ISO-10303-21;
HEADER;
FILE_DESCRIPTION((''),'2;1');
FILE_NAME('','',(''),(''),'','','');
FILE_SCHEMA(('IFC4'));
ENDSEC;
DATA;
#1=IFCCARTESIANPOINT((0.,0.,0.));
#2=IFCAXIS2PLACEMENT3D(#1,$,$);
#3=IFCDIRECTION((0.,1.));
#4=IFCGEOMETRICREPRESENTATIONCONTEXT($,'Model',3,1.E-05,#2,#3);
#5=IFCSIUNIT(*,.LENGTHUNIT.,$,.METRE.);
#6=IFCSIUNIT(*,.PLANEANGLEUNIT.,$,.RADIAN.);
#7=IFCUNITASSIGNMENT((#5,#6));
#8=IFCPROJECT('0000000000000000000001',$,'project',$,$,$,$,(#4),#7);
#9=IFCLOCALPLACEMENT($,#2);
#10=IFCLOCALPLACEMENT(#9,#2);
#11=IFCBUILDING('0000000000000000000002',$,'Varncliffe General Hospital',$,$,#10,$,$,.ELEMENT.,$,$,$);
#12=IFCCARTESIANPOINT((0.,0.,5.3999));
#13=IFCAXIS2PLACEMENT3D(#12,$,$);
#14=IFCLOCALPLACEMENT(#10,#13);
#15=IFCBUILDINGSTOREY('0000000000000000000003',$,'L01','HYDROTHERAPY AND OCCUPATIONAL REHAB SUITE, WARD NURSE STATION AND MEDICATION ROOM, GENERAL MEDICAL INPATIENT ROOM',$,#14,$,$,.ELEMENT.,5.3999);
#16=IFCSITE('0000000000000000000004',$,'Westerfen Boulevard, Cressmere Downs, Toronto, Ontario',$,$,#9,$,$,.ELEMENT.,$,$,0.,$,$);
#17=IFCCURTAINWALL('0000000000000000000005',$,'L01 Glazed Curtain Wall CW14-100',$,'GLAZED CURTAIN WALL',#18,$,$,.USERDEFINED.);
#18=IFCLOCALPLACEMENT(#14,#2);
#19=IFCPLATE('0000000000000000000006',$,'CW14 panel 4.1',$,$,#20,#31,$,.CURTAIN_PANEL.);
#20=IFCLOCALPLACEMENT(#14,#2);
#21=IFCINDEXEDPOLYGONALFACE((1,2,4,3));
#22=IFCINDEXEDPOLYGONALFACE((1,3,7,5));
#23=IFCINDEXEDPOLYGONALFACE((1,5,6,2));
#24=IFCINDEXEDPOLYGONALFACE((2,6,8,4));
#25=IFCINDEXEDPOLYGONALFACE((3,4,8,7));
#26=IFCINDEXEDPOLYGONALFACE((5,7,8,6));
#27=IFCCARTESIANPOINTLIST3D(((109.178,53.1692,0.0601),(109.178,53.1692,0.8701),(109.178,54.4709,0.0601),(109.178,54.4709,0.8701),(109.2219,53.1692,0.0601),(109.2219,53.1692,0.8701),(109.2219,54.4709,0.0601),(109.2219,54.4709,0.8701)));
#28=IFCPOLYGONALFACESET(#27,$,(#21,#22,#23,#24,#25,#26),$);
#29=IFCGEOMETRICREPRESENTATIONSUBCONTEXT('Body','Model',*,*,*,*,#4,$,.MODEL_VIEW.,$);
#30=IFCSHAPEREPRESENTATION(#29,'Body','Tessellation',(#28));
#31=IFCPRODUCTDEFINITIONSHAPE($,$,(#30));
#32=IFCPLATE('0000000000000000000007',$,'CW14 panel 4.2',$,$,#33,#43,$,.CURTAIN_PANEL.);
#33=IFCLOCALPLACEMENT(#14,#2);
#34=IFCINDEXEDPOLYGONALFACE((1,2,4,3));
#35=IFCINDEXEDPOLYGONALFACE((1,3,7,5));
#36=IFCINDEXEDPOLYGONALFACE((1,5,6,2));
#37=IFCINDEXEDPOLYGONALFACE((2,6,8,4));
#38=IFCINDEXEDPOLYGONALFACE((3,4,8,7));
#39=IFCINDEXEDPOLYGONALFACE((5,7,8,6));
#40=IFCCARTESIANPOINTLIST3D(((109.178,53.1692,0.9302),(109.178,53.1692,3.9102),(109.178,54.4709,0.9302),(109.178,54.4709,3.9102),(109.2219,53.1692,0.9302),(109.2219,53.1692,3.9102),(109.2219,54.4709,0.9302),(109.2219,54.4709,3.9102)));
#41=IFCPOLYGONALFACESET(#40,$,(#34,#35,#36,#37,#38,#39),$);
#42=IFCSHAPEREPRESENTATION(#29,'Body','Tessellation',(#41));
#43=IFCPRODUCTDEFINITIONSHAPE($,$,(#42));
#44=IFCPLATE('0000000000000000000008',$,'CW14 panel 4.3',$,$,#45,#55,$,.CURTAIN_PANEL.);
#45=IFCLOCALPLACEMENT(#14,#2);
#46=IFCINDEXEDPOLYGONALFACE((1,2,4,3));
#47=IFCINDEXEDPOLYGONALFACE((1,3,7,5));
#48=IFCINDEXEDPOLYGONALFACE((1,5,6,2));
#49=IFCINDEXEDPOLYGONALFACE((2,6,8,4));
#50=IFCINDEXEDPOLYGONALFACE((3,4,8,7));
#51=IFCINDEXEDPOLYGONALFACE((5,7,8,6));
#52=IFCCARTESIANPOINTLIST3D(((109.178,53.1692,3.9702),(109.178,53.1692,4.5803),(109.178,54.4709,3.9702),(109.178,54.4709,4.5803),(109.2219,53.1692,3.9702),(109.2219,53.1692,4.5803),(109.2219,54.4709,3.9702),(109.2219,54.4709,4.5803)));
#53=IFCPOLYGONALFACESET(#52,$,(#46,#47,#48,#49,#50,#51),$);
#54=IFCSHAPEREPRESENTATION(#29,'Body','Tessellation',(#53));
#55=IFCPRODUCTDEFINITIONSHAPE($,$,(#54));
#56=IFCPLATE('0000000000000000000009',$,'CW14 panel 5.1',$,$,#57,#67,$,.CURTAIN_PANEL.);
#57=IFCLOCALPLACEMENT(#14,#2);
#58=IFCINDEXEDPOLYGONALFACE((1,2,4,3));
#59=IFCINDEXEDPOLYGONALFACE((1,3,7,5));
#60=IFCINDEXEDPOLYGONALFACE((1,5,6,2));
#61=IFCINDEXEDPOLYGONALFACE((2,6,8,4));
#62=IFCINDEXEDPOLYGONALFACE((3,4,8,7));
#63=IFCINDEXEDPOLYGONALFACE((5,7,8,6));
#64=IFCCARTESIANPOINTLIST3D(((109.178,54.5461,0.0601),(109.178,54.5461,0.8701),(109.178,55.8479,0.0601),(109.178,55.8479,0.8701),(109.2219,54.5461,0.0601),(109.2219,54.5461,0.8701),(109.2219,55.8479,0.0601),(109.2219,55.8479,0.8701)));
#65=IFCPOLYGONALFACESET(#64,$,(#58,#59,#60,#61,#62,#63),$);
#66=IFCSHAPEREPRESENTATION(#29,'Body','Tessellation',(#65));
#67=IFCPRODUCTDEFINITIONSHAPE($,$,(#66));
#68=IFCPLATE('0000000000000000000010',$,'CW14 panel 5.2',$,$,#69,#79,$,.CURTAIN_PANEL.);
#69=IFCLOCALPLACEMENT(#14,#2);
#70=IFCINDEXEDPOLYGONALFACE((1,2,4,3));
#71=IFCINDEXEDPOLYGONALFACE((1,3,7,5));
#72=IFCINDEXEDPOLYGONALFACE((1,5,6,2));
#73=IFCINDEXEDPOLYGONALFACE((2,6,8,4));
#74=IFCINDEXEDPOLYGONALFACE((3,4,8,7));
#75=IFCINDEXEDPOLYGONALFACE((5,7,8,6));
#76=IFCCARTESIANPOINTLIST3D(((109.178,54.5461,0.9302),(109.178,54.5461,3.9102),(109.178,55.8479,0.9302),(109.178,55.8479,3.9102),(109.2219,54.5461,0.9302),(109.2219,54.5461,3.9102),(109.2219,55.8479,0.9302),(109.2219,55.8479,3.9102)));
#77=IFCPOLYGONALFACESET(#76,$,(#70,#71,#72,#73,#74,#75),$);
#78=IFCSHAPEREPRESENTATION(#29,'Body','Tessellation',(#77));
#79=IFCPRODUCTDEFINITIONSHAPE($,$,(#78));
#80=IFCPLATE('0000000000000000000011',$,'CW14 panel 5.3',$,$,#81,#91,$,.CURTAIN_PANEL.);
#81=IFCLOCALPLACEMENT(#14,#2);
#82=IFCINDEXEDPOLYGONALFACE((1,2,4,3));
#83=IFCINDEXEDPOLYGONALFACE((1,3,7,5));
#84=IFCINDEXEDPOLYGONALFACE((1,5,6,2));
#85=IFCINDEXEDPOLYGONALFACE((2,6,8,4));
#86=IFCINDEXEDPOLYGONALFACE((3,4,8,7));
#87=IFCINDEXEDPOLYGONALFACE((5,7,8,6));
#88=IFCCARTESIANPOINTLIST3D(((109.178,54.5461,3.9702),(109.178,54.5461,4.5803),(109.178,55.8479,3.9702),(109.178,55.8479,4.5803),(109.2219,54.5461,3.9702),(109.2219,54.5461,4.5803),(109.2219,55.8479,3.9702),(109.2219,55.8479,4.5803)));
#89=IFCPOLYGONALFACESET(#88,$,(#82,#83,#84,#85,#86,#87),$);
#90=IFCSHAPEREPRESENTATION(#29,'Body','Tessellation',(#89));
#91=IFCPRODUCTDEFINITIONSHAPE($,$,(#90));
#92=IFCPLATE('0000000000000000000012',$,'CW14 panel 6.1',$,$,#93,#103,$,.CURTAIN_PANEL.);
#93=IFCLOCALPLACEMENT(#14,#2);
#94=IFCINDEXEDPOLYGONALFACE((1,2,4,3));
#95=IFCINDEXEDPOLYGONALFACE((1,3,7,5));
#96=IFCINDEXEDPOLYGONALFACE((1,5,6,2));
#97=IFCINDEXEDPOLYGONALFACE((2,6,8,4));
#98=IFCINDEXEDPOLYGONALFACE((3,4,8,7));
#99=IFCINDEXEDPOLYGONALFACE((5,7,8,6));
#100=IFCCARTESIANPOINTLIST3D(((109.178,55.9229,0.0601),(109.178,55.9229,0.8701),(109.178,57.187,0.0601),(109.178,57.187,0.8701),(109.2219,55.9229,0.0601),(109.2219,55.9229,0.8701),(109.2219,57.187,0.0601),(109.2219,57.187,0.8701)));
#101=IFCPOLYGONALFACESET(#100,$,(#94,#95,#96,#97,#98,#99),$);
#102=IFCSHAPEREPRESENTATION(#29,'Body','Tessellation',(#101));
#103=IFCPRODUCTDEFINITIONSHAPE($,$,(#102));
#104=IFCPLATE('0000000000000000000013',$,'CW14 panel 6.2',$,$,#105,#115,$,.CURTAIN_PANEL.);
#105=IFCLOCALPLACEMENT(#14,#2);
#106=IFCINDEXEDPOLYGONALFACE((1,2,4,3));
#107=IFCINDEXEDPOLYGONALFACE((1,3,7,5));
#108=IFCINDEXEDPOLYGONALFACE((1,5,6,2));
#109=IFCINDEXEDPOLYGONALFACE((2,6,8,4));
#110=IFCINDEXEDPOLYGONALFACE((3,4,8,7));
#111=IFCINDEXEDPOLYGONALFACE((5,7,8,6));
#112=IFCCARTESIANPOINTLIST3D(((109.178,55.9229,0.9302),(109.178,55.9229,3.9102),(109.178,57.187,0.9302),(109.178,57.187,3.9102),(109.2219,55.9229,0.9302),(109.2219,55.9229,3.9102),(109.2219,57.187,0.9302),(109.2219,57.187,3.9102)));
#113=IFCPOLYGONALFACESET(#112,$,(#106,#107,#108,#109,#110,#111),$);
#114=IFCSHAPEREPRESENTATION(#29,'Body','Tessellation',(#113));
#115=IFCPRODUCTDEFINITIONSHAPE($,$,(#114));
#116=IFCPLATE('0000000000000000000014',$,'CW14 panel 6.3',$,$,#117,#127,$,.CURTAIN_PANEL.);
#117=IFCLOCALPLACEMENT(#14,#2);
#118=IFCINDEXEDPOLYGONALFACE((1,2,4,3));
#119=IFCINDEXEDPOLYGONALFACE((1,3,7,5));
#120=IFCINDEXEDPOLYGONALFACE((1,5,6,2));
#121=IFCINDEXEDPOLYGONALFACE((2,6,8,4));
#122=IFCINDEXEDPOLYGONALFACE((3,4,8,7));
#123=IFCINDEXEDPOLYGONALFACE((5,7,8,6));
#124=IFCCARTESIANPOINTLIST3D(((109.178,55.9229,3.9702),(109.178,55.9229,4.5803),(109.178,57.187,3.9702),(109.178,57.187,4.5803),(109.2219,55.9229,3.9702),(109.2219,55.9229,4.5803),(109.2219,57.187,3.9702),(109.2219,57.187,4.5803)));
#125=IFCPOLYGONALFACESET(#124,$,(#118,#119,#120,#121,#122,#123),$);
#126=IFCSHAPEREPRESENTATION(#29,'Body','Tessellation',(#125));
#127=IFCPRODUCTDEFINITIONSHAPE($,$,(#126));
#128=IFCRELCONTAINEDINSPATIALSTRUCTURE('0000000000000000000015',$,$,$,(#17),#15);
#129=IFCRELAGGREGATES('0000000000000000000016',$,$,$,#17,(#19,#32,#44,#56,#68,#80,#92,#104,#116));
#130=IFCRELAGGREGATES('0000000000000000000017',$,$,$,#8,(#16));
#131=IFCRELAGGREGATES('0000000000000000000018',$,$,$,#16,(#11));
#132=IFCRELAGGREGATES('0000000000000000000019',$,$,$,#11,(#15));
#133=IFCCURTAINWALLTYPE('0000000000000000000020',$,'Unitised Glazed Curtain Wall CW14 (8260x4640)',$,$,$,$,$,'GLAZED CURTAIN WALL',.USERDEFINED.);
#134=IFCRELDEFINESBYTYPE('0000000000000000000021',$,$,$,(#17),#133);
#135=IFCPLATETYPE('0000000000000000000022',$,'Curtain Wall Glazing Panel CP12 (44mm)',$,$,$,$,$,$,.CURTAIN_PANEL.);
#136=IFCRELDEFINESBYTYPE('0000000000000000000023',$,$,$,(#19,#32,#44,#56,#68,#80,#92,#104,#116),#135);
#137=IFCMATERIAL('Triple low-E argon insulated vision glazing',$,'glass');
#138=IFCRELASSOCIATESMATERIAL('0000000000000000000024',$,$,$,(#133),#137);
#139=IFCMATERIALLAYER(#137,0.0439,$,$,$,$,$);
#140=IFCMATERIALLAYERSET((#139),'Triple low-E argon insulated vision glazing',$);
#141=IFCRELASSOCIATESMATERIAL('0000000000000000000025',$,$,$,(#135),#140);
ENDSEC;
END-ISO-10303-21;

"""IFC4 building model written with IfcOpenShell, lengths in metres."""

from ifc_helpers import new_model, si_unit, direction, frame, origin, origin_2d, place, context, subcontext, project, spatial, rectangle, extrude, material, layer, layer_set, type_object, element, aggregate, save


model = new_model("IFC4")

# Units and contexts
model_context = context("Model", 3, precision=1e-05, world=origin(), true_north=direction((0.0, 1.0)))
body_context = subcontext(model_context, "Body", "Model", "MODEL_VIEW")
ifc_project = project(units=[si_unit("LENGTHUNIT", "METRE"), si_unit("PLANEANGLEUNIT", "RADIAN")], contexts=[model_context])

# Site, building, storey
site_placement = place(None, origin())
site = spatial("IfcSite", under=ifc_project, at=site_placement, Name="Westerfen Boulevard, Cressmere Downs, Toronto, Ontario", CompositionType="ELEMENT", RefElevation=0.0)
building_placement = place(site_placement, origin())
building = spatial("IfcBuilding", under=site, at=building_placement, Name="Varncliffe General Hospital", CompositionType="ELEMENT")
storey_placement = place(building_placement, frame((0.0, 0.0, 5.3999)))
storey = spatial("IfcBuildingStorey", under=building, at=storey_placement, Name="L01", Description="HYDROTHERAPY AND OCCUPATIONAL REHAB SUITE, WARD NURSE STATION AND MEDICATION ROOM, GENERAL MEDICAL INPATIENT ROOM", CompositionType="ELEMENT", Elevation=5.3999)

# Curtain wall, plates
ifc_material_1 = material(Name="Triple low-E argon insulated vision glazing", Category="glass")
curtain_wall_type = type_object("IfcCurtainWallType", Name="Unitised Glazed Curtain Wall CW14 (8260x4640)", ElementType="GLAZED CURTAIN WALL", PredefinedType="USERDEFINED", material=ifc_material_1)
curtain_wall_placement = place(storey_placement, origin())
curtain_wall = element("IfcCurtainWall", 1, at=curtain_wall_placement, inside=storey, type_object=curtain_wall_type, Name="L01 Glazed Curtain Wall CW14-100", ObjectType="GLAZED CURTAIN WALL", PredefinedType="USERDEFINED")
ifc_layer = layer(ifc_material_1, 0.0439)
ifc_layer_set = layer_set([ifc_layer], Name="Triple low-E argon insulated vision glazing")
plate_type = type_object("IfcPlateType", Name="Curtain Wall Glazing Panel CP12 (44mm)", PredefinedType="CURTAIN_PANEL", material=ifc_layer_set)
plate_1_placement = place(storey_placement, frame((109.2, 53.8201, 0.0601), z_axis=(0.0, 0.0, 1.0), x_axis=(0.0, 1.0, 0.0)))
plate_1 = element("IfcPlate", 2, at=plate_1_placement, type_object=plate_type, Name="CW14 panel 4.1", PredefinedType="CURTAIN_PANEL", context=body_context, shape_type="SweptSolid", body=[
    extrude(rectangle(XDim=1.3018, YDim=0.0439, at=origin_2d()), origin(), (0.0, 0.0, 1.0), 0.8101),
])
plate_2_placement = place(storey_placement, frame((109.2, 53.8201, 0.9302), z_axis=(0.0, 0.0, 1.0), x_axis=(0.0, 1.0, 0.0)))
plate_2 = element("IfcPlate", 3, at=plate_2_placement, type_object=plate_type, Name="CW14 panel 4.2", PredefinedType="CURTAIN_PANEL", context=body_context, shape_type="SweptSolid", body=[
    extrude(rectangle(XDim=1.3018, YDim=0.0439, at=origin_2d()), origin(), (0.0, 0.0, 1.0), 2.98),
])
plate_3_placement = place(storey_placement, frame((109.2, 53.8201, 3.9702), z_axis=(0.0, 0.0, 1.0), x_axis=(0.0, 1.0, 0.0)))
plate_3 = element("IfcPlate", 4, at=plate_3_placement, type_object=plate_type, Name="CW14 panel 4.3", PredefinedType="CURTAIN_PANEL", context=body_context, shape_type="SweptSolid", body=[
    extrude(rectangle(XDim=1.3018, YDim=0.0439, at=origin_2d()), origin(), (0.0, 0.0, 1.0), 0.6101),
])
plate_4_placement = place(storey_placement, frame((109.2, 55.197, 0.0601), z_axis=(0.0, 0.0, 1.0), x_axis=(0.0, 1.0, 0.0)))
plate_4 = element("IfcPlate", 5, at=plate_4_placement, type_object=plate_type, Name="CW14 panel 5.1", PredefinedType="CURTAIN_PANEL", context=body_context, shape_type="SweptSolid", body=[
    extrude(rectangle(XDim=1.3018, YDim=0.0439, at=origin_2d()), origin(), (0.0, 0.0, 1.0), 0.8101),
])
plate_5_placement = place(storey_placement, frame((109.2, 55.197, 0.9302), z_axis=(0.0, 0.0, 1.0), x_axis=(0.0, 1.0, 0.0)))
plate_5 = element("IfcPlate", 6, at=plate_5_placement, type_object=plate_type, Name="CW14 panel 5.2", PredefinedType="CURTAIN_PANEL", context=body_context, shape_type="SweptSolid", body=[
    extrude(rectangle(XDim=1.3018, YDim=0.0439, at=origin_2d()), origin(), (0.0, 0.0, 1.0), 2.98),
])
plate_6_placement = place(storey_placement, frame((109.2, 55.197, 3.9702), z_axis=(0.0, 0.0, 1.0), x_axis=(0.0, 1.0, 0.0)))
plate_6 = element("IfcPlate", 7, at=plate_6_placement, type_object=plate_type, Name="CW14 panel 5.3", PredefinedType="CURTAIN_PANEL", context=body_context, shape_type="SweptSolid", body=[
    extrude(rectangle(XDim=1.3018, YDim=0.0439, at=origin_2d()), origin(), (0.0, 0.0, 1.0), 0.6101),
])
plate_7_placement = place(storey_placement, frame((109.2, 56.5549, 0.0601), z_axis=(0.0, 0.0, 1.0), x_axis=(0.0, 1.0, 0.0)))
plate_7 = element("IfcPlate", 8, at=plate_7_placement, type_object=plate_type, Name="CW14 panel 6.1", PredefinedType="CURTAIN_PANEL", context=body_context, shape_type="SweptSolid", body=[
    extrude(rectangle(XDim=1.2642, YDim=0.0439, at=origin_2d()), origin(), (0.0, 0.0, 1.0), 0.8101),
])
plate_8_placement = place(storey_placement, frame((109.2, 56.5549, 0.9302), z_axis=(0.0, 0.0, 1.0), x_axis=(0.0, 1.0, 0.0)))
plate_8 = element("IfcPlate", 9, at=plate_8_placement, type_object=plate_type, Name="CW14 panel 6.2", PredefinedType="CURTAIN_PANEL", context=body_context, shape_type="SweptSolid", body=[
    extrude(rectangle(XDim=1.2642, YDim=0.0439, at=origin_2d()), origin(), (0.0, 0.0, 1.0), 2.98),
])
plate_9_placement = place(storey_placement, frame((109.2, 56.5549, 3.9702), z_axis=(0.0, 0.0, 1.0), x_axis=(0.0, 1.0, 0.0)))
plate_9 = element("IfcPlate", 10, at=plate_9_placement, type_object=plate_type, Name="CW14 panel 6.3", PredefinedType="CURTAIN_PANEL", context=body_context, shape_type="SweptSolid", body=[
    extrude(rectangle(XDim=1.2642, YDim=0.0439, at=origin_2d()), origin(), (0.0, 0.0, 1.0), 0.6101),
])
aggregate(curtain_wall, [plate_1, plate_2, plate_3, plate_4, plate_5, plate_6, plate_7, plate_8, plate_9])

save(model, "model.ifc")
